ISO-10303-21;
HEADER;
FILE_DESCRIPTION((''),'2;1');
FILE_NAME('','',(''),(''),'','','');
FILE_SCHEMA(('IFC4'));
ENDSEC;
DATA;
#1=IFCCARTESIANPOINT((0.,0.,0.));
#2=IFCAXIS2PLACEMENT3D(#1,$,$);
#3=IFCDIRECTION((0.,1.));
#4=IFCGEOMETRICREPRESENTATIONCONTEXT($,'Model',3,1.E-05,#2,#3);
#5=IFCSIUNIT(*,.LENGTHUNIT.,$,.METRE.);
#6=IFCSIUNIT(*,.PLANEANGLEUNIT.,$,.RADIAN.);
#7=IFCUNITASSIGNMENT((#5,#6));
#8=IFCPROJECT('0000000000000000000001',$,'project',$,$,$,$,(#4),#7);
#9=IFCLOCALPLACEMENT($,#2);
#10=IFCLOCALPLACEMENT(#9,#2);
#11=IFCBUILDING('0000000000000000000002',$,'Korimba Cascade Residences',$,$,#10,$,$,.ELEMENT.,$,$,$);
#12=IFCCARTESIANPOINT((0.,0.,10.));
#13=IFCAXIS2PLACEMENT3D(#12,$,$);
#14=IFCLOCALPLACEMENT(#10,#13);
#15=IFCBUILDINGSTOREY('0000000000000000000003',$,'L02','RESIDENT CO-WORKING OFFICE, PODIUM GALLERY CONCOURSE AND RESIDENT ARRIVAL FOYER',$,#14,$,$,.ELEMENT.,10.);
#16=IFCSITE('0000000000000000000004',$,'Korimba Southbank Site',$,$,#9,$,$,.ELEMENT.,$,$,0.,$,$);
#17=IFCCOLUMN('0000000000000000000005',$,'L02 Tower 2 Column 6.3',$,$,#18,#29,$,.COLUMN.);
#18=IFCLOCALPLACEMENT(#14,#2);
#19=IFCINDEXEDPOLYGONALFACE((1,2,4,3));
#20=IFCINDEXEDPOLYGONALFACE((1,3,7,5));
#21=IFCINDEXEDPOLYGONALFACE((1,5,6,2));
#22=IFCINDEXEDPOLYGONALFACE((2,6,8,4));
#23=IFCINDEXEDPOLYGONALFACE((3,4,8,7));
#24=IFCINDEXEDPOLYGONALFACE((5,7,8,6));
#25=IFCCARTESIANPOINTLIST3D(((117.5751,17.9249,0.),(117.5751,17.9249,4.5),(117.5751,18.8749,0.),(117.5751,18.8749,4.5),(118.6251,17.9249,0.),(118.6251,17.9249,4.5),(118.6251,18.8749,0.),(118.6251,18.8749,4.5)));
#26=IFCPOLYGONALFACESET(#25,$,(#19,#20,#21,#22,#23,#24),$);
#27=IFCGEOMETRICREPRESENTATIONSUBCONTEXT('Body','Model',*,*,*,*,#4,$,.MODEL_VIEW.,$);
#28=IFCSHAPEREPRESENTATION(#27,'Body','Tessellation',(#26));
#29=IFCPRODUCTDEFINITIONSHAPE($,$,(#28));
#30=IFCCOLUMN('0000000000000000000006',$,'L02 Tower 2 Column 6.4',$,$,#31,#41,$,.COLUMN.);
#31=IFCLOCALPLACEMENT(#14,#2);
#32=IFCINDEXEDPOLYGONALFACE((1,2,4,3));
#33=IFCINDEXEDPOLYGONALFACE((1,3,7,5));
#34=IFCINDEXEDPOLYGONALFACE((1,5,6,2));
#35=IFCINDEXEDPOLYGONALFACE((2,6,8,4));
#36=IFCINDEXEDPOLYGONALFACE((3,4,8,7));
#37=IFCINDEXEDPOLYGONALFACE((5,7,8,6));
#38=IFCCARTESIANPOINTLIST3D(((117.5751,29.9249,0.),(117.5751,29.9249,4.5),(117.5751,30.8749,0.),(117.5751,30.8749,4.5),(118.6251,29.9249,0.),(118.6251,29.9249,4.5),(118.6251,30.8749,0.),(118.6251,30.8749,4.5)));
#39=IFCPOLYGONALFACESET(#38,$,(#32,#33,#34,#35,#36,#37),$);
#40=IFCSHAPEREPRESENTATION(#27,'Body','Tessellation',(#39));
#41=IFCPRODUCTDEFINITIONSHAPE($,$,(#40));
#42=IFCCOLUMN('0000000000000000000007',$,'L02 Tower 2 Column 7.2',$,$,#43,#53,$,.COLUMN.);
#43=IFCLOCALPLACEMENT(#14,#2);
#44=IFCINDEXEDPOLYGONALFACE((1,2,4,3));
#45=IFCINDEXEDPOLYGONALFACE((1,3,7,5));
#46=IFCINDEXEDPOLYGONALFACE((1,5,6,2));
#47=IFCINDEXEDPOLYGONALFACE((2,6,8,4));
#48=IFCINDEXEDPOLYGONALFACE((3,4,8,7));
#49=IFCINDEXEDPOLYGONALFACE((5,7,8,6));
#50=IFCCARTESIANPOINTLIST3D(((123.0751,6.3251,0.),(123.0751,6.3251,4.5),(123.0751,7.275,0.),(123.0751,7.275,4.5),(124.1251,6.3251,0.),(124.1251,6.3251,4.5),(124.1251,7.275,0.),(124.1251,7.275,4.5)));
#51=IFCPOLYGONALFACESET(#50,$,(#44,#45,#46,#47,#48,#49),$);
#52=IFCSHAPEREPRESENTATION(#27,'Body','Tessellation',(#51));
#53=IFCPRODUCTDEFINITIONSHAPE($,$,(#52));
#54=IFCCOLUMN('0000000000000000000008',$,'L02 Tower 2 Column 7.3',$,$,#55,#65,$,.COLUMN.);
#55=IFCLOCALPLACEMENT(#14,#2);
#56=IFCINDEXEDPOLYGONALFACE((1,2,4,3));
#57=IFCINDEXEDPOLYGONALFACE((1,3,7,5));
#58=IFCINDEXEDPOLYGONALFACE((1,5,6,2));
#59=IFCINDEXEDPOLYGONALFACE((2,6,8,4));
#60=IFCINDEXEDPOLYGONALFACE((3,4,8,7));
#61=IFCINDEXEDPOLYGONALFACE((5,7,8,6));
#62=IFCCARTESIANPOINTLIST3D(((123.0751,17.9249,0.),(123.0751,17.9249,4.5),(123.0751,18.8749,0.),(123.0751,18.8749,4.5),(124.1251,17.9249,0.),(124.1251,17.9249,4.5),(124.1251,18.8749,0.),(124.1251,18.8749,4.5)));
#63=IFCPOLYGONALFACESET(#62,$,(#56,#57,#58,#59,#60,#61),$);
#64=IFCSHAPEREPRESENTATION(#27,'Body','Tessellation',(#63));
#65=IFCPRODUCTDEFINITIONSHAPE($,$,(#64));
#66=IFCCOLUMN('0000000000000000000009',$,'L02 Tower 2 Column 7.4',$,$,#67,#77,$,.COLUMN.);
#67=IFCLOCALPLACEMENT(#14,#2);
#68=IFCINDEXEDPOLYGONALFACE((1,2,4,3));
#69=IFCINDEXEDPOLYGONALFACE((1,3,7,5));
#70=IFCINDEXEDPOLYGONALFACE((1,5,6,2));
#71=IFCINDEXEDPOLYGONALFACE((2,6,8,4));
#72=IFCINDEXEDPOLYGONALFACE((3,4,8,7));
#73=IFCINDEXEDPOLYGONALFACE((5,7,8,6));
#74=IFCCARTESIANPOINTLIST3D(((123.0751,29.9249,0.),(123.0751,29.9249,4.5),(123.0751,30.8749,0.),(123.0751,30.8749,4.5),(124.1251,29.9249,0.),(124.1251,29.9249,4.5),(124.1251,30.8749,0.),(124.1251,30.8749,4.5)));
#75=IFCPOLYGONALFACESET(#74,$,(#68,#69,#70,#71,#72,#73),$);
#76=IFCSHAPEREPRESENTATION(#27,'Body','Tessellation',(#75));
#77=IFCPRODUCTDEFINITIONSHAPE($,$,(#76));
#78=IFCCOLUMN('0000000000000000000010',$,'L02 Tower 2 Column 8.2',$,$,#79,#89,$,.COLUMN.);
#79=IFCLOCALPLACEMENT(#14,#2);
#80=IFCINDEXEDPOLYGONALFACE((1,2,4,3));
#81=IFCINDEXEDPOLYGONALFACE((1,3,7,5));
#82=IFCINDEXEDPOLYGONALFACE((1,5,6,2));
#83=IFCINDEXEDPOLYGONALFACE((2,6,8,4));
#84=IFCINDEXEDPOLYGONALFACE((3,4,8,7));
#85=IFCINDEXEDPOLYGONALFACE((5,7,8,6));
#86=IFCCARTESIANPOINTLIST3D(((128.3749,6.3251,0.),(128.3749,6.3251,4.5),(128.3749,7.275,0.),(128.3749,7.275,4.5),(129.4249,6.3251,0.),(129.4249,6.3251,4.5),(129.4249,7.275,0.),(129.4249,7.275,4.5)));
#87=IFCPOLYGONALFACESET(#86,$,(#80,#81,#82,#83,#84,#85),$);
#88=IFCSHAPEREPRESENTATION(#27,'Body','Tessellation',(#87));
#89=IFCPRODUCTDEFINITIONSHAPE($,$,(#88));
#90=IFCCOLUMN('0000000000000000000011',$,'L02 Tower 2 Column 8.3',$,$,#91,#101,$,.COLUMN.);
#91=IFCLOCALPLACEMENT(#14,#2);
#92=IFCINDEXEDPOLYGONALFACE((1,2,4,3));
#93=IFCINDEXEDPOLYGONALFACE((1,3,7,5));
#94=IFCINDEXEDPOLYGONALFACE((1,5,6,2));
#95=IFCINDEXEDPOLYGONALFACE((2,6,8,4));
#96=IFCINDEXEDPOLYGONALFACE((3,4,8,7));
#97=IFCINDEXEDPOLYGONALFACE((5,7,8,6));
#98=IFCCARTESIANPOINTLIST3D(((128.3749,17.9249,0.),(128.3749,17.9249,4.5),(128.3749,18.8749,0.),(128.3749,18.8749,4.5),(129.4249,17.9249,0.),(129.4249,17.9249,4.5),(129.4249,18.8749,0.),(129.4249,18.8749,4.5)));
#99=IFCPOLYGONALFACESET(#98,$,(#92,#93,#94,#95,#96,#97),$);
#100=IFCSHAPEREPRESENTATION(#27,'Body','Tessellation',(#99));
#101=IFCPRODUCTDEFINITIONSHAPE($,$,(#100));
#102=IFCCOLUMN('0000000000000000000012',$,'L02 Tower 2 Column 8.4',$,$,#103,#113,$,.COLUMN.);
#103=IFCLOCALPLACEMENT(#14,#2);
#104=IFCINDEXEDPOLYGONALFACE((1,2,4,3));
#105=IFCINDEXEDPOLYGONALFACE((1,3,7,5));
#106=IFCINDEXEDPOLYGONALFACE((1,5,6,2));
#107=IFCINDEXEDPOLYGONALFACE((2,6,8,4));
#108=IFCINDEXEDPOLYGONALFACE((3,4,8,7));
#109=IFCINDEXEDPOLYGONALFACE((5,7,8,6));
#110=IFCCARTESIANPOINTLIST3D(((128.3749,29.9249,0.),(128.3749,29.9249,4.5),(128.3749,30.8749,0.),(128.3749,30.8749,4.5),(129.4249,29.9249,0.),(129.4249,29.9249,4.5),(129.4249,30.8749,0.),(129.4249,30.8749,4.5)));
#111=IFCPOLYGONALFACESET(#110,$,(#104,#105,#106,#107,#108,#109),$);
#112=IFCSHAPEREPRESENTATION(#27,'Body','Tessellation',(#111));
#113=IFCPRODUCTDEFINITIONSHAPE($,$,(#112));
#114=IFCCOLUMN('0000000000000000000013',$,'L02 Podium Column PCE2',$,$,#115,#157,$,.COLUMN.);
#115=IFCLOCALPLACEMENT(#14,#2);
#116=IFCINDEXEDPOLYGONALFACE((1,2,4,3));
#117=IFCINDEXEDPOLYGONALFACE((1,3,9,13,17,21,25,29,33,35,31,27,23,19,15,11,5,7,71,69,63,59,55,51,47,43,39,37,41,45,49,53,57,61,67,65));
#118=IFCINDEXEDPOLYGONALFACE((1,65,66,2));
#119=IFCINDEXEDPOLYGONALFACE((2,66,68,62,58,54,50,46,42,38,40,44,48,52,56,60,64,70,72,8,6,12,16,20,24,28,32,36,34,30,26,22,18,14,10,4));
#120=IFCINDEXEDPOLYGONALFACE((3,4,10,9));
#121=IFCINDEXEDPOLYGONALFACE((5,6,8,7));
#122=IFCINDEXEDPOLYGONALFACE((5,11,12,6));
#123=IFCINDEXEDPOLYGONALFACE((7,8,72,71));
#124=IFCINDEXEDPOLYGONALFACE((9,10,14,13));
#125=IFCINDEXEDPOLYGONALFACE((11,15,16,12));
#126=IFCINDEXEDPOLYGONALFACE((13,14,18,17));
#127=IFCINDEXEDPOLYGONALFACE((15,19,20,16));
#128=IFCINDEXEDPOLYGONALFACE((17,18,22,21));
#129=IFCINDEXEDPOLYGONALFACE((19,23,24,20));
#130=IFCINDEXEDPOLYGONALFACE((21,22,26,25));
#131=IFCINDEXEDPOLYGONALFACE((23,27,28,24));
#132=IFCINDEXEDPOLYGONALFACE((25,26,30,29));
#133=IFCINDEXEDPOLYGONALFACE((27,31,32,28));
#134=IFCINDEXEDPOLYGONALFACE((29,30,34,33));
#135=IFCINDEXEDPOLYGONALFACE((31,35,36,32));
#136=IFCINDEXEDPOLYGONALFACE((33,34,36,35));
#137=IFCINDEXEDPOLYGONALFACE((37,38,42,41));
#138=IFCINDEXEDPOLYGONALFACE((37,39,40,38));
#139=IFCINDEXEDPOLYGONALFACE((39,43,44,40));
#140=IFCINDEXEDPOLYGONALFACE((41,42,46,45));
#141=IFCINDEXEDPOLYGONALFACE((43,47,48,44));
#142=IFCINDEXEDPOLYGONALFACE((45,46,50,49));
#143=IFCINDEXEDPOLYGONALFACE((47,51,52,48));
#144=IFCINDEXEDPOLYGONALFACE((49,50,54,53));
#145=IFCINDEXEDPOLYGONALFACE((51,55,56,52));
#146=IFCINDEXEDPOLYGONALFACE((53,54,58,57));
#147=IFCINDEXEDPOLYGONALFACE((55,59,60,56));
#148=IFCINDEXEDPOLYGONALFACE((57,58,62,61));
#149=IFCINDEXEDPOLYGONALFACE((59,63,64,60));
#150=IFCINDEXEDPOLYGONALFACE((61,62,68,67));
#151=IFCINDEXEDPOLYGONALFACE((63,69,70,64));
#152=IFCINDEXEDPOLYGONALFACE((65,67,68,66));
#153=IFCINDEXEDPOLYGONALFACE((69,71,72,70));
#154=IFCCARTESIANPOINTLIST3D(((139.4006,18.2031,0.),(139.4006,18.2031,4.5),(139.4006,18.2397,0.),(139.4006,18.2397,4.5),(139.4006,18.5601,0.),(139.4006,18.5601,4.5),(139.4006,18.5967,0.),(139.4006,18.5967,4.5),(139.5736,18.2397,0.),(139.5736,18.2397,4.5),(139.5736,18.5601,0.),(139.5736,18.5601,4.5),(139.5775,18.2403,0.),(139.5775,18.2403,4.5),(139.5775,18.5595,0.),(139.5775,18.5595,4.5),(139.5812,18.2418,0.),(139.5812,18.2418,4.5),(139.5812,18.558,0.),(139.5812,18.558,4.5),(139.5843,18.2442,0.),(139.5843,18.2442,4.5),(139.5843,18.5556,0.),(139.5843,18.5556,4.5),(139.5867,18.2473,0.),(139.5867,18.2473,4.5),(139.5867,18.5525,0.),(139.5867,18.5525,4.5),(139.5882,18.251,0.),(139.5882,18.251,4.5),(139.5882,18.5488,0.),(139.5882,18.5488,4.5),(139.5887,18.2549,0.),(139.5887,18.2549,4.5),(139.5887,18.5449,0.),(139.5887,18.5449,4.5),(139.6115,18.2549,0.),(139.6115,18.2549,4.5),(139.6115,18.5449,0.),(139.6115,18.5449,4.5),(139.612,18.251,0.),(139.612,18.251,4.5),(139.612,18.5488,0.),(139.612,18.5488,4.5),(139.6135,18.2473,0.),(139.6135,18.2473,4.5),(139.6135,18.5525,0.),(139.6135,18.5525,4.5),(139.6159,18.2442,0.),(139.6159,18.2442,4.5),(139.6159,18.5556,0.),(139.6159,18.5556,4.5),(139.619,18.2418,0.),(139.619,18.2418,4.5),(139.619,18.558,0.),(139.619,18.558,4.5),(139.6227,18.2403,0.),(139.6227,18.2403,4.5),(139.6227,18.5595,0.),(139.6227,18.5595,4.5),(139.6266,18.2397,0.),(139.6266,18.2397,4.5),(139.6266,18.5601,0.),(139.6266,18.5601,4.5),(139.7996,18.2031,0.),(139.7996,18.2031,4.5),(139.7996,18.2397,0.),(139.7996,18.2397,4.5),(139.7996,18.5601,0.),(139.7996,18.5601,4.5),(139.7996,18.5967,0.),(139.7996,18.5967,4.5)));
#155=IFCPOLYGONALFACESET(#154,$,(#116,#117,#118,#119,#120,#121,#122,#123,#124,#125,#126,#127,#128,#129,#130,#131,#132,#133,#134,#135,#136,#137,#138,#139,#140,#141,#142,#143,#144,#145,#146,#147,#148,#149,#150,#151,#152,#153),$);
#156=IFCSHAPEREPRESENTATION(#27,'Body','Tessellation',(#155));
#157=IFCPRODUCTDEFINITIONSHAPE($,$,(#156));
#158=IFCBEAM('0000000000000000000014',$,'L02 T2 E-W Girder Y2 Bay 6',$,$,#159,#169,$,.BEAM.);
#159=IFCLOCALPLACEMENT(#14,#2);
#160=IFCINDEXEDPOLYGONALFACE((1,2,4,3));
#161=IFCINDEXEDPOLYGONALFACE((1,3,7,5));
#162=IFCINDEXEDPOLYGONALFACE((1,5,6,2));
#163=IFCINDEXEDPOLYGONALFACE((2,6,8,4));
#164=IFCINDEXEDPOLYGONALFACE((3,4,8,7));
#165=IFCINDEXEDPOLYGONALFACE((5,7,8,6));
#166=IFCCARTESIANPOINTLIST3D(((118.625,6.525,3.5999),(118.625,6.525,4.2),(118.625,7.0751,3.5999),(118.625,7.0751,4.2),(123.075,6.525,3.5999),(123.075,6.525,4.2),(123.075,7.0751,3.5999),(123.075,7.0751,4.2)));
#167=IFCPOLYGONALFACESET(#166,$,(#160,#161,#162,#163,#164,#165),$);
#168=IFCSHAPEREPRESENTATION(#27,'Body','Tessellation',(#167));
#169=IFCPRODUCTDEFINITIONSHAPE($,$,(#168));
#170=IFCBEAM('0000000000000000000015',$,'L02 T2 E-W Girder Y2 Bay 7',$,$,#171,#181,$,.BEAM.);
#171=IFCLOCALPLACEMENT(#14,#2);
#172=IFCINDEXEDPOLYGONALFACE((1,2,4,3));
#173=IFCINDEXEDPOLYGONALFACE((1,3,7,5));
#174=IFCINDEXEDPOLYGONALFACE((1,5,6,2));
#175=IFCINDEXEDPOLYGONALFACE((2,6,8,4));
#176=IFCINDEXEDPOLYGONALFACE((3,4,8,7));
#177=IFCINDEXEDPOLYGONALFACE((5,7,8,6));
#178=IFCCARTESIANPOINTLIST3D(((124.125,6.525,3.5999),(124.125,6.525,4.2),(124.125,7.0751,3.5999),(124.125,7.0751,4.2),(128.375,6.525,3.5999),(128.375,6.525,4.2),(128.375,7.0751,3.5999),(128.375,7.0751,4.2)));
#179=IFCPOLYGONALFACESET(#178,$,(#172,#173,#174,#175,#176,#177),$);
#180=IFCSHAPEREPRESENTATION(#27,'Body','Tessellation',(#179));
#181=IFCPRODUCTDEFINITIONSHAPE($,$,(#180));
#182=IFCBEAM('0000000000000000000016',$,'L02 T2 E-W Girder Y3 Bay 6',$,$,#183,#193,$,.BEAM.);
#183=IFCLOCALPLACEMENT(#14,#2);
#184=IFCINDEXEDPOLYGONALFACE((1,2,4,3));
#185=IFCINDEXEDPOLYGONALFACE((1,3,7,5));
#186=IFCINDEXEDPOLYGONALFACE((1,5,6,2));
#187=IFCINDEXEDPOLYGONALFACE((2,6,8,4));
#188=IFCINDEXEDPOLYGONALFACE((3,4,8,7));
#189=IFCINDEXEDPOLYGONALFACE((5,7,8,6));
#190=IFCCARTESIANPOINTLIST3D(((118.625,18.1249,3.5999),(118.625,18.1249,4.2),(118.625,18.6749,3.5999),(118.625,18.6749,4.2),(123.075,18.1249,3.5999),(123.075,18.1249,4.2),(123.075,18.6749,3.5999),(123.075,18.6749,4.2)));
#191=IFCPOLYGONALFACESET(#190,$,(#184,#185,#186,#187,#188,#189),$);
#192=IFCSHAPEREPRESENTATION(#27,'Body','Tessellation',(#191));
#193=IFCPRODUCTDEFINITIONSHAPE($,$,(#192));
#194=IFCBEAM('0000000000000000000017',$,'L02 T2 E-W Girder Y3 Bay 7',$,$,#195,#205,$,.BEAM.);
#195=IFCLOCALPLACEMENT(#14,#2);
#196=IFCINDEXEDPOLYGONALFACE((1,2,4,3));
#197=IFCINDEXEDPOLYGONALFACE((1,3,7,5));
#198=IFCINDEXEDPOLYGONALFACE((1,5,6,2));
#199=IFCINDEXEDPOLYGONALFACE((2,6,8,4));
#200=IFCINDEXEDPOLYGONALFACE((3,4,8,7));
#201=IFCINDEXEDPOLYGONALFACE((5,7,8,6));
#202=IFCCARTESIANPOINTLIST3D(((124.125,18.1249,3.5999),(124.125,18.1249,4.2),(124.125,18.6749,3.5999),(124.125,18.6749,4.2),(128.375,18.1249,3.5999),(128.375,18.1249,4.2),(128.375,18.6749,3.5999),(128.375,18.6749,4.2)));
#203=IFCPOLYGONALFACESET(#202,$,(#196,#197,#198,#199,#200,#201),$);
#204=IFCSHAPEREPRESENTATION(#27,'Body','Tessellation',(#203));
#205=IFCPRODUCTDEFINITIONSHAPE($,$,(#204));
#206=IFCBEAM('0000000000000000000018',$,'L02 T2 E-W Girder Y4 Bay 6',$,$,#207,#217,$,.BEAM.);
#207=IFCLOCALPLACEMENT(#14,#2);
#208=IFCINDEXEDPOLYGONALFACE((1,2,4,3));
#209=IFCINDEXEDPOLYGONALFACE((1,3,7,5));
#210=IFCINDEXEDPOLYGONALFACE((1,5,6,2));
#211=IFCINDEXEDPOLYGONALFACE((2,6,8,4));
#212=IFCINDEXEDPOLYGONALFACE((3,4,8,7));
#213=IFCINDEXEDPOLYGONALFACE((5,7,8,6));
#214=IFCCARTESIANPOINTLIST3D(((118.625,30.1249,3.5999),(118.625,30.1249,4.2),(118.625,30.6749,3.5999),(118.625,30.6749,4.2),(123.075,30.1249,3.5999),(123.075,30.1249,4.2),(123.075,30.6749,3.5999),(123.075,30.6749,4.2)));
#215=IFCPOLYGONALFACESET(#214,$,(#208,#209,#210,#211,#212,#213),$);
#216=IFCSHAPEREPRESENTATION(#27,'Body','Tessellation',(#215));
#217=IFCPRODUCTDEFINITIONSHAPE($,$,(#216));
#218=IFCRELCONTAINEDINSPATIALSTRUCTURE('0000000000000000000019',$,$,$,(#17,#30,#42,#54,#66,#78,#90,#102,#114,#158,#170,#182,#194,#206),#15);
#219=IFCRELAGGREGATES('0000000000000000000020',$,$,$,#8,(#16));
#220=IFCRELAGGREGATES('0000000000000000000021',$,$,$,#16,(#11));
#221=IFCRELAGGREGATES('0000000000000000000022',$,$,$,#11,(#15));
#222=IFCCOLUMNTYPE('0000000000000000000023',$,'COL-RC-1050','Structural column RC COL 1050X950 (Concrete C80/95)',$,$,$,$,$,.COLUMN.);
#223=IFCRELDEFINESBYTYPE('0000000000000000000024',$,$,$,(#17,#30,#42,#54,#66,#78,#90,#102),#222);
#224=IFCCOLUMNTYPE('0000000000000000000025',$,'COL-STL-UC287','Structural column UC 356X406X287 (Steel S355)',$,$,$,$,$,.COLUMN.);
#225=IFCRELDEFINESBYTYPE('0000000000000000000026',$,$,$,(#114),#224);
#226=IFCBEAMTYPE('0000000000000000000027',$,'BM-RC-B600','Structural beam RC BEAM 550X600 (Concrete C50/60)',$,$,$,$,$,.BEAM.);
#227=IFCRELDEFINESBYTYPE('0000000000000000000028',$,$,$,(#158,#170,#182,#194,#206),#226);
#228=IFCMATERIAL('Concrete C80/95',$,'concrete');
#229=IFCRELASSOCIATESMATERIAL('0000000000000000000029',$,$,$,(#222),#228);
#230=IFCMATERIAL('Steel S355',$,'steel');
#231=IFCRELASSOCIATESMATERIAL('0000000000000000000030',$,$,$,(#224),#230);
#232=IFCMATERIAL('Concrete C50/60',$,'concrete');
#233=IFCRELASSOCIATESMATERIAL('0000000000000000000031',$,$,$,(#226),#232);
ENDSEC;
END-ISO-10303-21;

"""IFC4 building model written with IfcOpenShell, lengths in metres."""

from ifc_helpers import new_model, si_unit, direction, frame, origin, origin_2d, place, context, subcontext, project, spatial, rectangle, i_section, extrude, material, material_profile, profile_set, type_object, element, save


model = new_model("IFC4")

# Units and contexts
model_context = context("Model", 3, precision=1e-05, world=origin(), true_north=direction((0.0, 1.0)))
body_context = subcontext(model_context, "Body", "Model", "MODEL_VIEW")
ifc_project = project(units=[si_unit("LENGTHUNIT", "METRE"), si_unit("PLANEANGLEUNIT", "RADIAN")], contexts=[model_context])

# Site, building, storey
site_placement = place(None, origin())
site = spatial("IfcSite", under=ifc_project, at=site_placement, Name="Korimba Southbank Site", CompositionType="ELEMENT", RefElevation=0.0)
building_placement = place(site_placement, origin())
building = spatial("IfcBuilding", under=site, at=building_placement, Name="Korimba Cascade Residences", CompositionType="ELEMENT")
storey_placement = place(building_placement, frame((0.0, 0.0, 10.0)))
storey = spatial("IfcBuildingStorey", under=building, at=storey_placement, Name="L02", Description="RESIDENT CO-WORKING OFFICE, PODIUM GALLERY CONCOURSE AND RESIDENT ARRIVAL FOYER", CompositionType="ELEMENT", Elevation=10.0)

# Columns
ifc_material_1 = material(Name="Concrete C80/95", Category="concrete")
ifc_material_profile_1 = material_profile(ifc_material_1, rectangle(XDim=1.05, YDim=0.95, at=origin_2d()), Name="Concrete C80/95")
ifc_profile_set_1 = profile_set([ifc_material_profile_1], Name="Concrete C80/95")
column_type_1 = type_object("IfcColumnType", Name="COL-RC-1050", Description="Structural column RC COL 1050X950 (Concrete C80/95)", PredefinedType="COLUMN", material=ifc_profile_set_1)
for number, where, z_axis, x_axis, name in (
    (1, (118.1001, 18.3999, 0.0), (0.0, 0.0, 1.0), (1.0, 0.0, 0.0), "L02 Tower 2 Column 6.3"),
    (2, (118.1001, 30.3999, 0.0), (0.0, 0.0, 1.0), (1.0, 0.0, 0.0), "L02 Tower 2 Column 6.4"),
    (3, (123.6001, 6.8, 0.0), (0.0, 0.0, 1.0), (1.0, 0.0, 0.0), "L02 Tower 2 Column 7.2"),
    (4, (123.6001, 18.3999, 0.0), (0.0, 0.0, 1.0), (1.0, 0.0, 0.0), "L02 Tower 2 Column 7.3"),
    (5, (123.6001, 30.3999, 0.0), (0.0, 0.0, 1.0), (1.0, 0.0, 0.0), "L02 Tower 2 Column 7.4"),
    (6, (128.8999, 6.8, 0.0), (0.0, 0.0, 1.0), (1.0, 0.0, 0.0), "L02 Tower 2 Column 8.2"),
    (7, (128.8999, 18.3999, 0.0), (0.0, 0.0, 1.0), (1.0, 0.0, 0.0), "L02 Tower 2 Column 8.3"),
    (8, (128.8999, 30.3999, 0.0), (0.0, 0.0, 1.0), (1.0, 0.0, 0.0), "L02 Tower 2 Column 8.4"),
):
    element("IfcColumn", number, at=place(storey_placement, frame(where, z_axis=z_axis, x_axis=x_axis)), inside=storey, type_object=column_type_1, Name=name, PredefinedType="COLUMN", context=body_context, shape_type="SweptSolid", body=[
        extrude(rectangle(XDim=1.05, YDim=0.95, at=origin_2d()), origin(), (0.0, 0.0, 1.0), 4.5),
    ])
ifc_material_2 = material(Name="Steel S355", Category="steel")
ifc_material_profile_2 = material_profile(ifc_material_2, i_section(OverallWidth=0.3989, OverallDepth=0.3936, WebThickness=0.0227, FlangeThickness=0.0366, FilletRadius=0.0151, at=origin_2d()), Name="Steel S355")
ifc_profile_set_2 = profile_set([ifc_material_profile_2], Name="Steel S355")
column_type_2 = type_object("IfcColumnType", Name="COL-STL-UC287", Description="Structural column UC 356X406X287 (Steel S355)", PredefinedType="COLUMN", material=ifc_profile_set_2)
column_placement = place(storey_placement, frame((139.6001, 18.3999, 0.0), z_axis=(0.0, 0.0, 1.0), x_axis=(1.0, 0.0, 0.0)))
element("IfcColumn", 9, at=column_placement, inside=storey, type_object=column_type_2, Name="L02 Podium Column PCE2", PredefinedType="COLUMN", context=body_context, shape_type="SweptSolid", body=[
    extrude(i_section(OverallWidth=0.3989, OverallDepth=0.3936, WebThickness=0.0227, FlangeThickness=0.0366, FilletRadius=0.0151, at=origin_2d()), origin(), (0.0, 0.0, 1.0), 4.5),
])

# Beams
ifc_material_3 = material(Name="Concrete C50/60", Category="concrete")
ifc_material_profile_3 = material_profile(ifc_material_3, rectangle(XDim=0.55, YDim=0.6001, at=origin_2d()), Name="Concrete C50/60")
ifc_profile_set_3 = profile_set([ifc_material_profile_3], Name="Concrete C50/60")
beam_type_1 = type_object("IfcBeamType", Name="BM-RC-B600", Description="Structural beam RC BEAM 550X600 (Concrete C50/60)", PredefinedType="BEAM", material=ifc_profile_set_3)
beam_1_placement = place(storey_placement, frame((118.625, 6.8, 3.8999), z_axis=(1.0, 0.0, 0.0), x_axis=(0.0, 1.0, 0.0)))
element("IfcBeam", 10, at=beam_1_placement, inside=storey, type_object=beam_type_1, Name="L02 T2 E-W Girder Y2 Bay 6", PredefinedType="BEAM", context=body_context, shape_type="SweptSolid", body=[
    extrude(rectangle(XDim=0.55, YDim=0.6001, at=origin_2d()), origin(), (0.0, 0.0, 1.0), 4.45),
])
beam_2_placement = place(storey_placement, frame((124.125, 6.8, 3.8999), z_axis=(1.0, 0.0, 0.0), x_axis=(0.0, 1.0, 0.0)))
element("IfcBeam", 11, at=beam_2_placement, inside=storey, type_object=beam_type_1, Name="L02 T2 E-W Girder Y2 Bay 7", PredefinedType="BEAM", context=body_context, shape_type="SweptSolid", body=[
    extrude(rectangle(XDim=0.55, YDim=0.6001, at=origin_2d()), origin(), (0.0, 0.0, 1.0), 4.25),
])
beam_3_placement = place(storey_placement, frame((118.625, 18.3999, 3.8999), z_axis=(1.0, 0.0, 0.0), x_axis=(0.0, 1.0, 0.0)))
element("IfcBeam", 12, at=beam_3_placement, inside=storey, type_object=beam_type_1, Name="L02 T2 E-W Girder Y3 Bay 6", PredefinedType="BEAM", context=body_context, shape_type="SweptSolid", body=[
    extrude(rectangle(XDim=0.55, YDim=0.6001, at=origin_2d()), origin(), (0.0, 0.0, 1.0), 4.45),
])
beam_4_placement = place(storey_placement, frame((124.125, 18.3999, 3.8999), z_axis=(1.0, 0.0, 0.0), x_axis=(0.0, 1.0, 0.0)))
element("IfcBeam", 13, at=beam_4_placement, inside=storey, type_object=beam_type_1, Name="L02 T2 E-W Girder Y3 Bay 7", PredefinedType="BEAM", context=body_context, shape_type="SweptSolid", body=[
    extrude(rectangle(XDim=0.55, YDim=0.6001, at=origin_2d()), origin(), (0.0, 0.0, 1.0), 4.25),
])
beam_5_placement = place(storey_placement, frame((118.625, 30.3999, 3.8999), z_axis=(1.0, 0.0, 0.0), x_axis=(0.0, 1.0, 0.0)))
element("IfcBeam", 14, at=beam_5_placement, inside=storey, type_object=beam_type_1, Name="L02 T2 E-W Girder Y4 Bay 6", PredefinedType="BEAM", context=body_context, shape_type="SweptSolid", body=[
    extrude(rectangle(XDim=0.55, YDim=0.6001, at=origin_2d()), origin(), (0.0, 0.0, 1.0), 4.45),
])

save(model, "model.ifc")
